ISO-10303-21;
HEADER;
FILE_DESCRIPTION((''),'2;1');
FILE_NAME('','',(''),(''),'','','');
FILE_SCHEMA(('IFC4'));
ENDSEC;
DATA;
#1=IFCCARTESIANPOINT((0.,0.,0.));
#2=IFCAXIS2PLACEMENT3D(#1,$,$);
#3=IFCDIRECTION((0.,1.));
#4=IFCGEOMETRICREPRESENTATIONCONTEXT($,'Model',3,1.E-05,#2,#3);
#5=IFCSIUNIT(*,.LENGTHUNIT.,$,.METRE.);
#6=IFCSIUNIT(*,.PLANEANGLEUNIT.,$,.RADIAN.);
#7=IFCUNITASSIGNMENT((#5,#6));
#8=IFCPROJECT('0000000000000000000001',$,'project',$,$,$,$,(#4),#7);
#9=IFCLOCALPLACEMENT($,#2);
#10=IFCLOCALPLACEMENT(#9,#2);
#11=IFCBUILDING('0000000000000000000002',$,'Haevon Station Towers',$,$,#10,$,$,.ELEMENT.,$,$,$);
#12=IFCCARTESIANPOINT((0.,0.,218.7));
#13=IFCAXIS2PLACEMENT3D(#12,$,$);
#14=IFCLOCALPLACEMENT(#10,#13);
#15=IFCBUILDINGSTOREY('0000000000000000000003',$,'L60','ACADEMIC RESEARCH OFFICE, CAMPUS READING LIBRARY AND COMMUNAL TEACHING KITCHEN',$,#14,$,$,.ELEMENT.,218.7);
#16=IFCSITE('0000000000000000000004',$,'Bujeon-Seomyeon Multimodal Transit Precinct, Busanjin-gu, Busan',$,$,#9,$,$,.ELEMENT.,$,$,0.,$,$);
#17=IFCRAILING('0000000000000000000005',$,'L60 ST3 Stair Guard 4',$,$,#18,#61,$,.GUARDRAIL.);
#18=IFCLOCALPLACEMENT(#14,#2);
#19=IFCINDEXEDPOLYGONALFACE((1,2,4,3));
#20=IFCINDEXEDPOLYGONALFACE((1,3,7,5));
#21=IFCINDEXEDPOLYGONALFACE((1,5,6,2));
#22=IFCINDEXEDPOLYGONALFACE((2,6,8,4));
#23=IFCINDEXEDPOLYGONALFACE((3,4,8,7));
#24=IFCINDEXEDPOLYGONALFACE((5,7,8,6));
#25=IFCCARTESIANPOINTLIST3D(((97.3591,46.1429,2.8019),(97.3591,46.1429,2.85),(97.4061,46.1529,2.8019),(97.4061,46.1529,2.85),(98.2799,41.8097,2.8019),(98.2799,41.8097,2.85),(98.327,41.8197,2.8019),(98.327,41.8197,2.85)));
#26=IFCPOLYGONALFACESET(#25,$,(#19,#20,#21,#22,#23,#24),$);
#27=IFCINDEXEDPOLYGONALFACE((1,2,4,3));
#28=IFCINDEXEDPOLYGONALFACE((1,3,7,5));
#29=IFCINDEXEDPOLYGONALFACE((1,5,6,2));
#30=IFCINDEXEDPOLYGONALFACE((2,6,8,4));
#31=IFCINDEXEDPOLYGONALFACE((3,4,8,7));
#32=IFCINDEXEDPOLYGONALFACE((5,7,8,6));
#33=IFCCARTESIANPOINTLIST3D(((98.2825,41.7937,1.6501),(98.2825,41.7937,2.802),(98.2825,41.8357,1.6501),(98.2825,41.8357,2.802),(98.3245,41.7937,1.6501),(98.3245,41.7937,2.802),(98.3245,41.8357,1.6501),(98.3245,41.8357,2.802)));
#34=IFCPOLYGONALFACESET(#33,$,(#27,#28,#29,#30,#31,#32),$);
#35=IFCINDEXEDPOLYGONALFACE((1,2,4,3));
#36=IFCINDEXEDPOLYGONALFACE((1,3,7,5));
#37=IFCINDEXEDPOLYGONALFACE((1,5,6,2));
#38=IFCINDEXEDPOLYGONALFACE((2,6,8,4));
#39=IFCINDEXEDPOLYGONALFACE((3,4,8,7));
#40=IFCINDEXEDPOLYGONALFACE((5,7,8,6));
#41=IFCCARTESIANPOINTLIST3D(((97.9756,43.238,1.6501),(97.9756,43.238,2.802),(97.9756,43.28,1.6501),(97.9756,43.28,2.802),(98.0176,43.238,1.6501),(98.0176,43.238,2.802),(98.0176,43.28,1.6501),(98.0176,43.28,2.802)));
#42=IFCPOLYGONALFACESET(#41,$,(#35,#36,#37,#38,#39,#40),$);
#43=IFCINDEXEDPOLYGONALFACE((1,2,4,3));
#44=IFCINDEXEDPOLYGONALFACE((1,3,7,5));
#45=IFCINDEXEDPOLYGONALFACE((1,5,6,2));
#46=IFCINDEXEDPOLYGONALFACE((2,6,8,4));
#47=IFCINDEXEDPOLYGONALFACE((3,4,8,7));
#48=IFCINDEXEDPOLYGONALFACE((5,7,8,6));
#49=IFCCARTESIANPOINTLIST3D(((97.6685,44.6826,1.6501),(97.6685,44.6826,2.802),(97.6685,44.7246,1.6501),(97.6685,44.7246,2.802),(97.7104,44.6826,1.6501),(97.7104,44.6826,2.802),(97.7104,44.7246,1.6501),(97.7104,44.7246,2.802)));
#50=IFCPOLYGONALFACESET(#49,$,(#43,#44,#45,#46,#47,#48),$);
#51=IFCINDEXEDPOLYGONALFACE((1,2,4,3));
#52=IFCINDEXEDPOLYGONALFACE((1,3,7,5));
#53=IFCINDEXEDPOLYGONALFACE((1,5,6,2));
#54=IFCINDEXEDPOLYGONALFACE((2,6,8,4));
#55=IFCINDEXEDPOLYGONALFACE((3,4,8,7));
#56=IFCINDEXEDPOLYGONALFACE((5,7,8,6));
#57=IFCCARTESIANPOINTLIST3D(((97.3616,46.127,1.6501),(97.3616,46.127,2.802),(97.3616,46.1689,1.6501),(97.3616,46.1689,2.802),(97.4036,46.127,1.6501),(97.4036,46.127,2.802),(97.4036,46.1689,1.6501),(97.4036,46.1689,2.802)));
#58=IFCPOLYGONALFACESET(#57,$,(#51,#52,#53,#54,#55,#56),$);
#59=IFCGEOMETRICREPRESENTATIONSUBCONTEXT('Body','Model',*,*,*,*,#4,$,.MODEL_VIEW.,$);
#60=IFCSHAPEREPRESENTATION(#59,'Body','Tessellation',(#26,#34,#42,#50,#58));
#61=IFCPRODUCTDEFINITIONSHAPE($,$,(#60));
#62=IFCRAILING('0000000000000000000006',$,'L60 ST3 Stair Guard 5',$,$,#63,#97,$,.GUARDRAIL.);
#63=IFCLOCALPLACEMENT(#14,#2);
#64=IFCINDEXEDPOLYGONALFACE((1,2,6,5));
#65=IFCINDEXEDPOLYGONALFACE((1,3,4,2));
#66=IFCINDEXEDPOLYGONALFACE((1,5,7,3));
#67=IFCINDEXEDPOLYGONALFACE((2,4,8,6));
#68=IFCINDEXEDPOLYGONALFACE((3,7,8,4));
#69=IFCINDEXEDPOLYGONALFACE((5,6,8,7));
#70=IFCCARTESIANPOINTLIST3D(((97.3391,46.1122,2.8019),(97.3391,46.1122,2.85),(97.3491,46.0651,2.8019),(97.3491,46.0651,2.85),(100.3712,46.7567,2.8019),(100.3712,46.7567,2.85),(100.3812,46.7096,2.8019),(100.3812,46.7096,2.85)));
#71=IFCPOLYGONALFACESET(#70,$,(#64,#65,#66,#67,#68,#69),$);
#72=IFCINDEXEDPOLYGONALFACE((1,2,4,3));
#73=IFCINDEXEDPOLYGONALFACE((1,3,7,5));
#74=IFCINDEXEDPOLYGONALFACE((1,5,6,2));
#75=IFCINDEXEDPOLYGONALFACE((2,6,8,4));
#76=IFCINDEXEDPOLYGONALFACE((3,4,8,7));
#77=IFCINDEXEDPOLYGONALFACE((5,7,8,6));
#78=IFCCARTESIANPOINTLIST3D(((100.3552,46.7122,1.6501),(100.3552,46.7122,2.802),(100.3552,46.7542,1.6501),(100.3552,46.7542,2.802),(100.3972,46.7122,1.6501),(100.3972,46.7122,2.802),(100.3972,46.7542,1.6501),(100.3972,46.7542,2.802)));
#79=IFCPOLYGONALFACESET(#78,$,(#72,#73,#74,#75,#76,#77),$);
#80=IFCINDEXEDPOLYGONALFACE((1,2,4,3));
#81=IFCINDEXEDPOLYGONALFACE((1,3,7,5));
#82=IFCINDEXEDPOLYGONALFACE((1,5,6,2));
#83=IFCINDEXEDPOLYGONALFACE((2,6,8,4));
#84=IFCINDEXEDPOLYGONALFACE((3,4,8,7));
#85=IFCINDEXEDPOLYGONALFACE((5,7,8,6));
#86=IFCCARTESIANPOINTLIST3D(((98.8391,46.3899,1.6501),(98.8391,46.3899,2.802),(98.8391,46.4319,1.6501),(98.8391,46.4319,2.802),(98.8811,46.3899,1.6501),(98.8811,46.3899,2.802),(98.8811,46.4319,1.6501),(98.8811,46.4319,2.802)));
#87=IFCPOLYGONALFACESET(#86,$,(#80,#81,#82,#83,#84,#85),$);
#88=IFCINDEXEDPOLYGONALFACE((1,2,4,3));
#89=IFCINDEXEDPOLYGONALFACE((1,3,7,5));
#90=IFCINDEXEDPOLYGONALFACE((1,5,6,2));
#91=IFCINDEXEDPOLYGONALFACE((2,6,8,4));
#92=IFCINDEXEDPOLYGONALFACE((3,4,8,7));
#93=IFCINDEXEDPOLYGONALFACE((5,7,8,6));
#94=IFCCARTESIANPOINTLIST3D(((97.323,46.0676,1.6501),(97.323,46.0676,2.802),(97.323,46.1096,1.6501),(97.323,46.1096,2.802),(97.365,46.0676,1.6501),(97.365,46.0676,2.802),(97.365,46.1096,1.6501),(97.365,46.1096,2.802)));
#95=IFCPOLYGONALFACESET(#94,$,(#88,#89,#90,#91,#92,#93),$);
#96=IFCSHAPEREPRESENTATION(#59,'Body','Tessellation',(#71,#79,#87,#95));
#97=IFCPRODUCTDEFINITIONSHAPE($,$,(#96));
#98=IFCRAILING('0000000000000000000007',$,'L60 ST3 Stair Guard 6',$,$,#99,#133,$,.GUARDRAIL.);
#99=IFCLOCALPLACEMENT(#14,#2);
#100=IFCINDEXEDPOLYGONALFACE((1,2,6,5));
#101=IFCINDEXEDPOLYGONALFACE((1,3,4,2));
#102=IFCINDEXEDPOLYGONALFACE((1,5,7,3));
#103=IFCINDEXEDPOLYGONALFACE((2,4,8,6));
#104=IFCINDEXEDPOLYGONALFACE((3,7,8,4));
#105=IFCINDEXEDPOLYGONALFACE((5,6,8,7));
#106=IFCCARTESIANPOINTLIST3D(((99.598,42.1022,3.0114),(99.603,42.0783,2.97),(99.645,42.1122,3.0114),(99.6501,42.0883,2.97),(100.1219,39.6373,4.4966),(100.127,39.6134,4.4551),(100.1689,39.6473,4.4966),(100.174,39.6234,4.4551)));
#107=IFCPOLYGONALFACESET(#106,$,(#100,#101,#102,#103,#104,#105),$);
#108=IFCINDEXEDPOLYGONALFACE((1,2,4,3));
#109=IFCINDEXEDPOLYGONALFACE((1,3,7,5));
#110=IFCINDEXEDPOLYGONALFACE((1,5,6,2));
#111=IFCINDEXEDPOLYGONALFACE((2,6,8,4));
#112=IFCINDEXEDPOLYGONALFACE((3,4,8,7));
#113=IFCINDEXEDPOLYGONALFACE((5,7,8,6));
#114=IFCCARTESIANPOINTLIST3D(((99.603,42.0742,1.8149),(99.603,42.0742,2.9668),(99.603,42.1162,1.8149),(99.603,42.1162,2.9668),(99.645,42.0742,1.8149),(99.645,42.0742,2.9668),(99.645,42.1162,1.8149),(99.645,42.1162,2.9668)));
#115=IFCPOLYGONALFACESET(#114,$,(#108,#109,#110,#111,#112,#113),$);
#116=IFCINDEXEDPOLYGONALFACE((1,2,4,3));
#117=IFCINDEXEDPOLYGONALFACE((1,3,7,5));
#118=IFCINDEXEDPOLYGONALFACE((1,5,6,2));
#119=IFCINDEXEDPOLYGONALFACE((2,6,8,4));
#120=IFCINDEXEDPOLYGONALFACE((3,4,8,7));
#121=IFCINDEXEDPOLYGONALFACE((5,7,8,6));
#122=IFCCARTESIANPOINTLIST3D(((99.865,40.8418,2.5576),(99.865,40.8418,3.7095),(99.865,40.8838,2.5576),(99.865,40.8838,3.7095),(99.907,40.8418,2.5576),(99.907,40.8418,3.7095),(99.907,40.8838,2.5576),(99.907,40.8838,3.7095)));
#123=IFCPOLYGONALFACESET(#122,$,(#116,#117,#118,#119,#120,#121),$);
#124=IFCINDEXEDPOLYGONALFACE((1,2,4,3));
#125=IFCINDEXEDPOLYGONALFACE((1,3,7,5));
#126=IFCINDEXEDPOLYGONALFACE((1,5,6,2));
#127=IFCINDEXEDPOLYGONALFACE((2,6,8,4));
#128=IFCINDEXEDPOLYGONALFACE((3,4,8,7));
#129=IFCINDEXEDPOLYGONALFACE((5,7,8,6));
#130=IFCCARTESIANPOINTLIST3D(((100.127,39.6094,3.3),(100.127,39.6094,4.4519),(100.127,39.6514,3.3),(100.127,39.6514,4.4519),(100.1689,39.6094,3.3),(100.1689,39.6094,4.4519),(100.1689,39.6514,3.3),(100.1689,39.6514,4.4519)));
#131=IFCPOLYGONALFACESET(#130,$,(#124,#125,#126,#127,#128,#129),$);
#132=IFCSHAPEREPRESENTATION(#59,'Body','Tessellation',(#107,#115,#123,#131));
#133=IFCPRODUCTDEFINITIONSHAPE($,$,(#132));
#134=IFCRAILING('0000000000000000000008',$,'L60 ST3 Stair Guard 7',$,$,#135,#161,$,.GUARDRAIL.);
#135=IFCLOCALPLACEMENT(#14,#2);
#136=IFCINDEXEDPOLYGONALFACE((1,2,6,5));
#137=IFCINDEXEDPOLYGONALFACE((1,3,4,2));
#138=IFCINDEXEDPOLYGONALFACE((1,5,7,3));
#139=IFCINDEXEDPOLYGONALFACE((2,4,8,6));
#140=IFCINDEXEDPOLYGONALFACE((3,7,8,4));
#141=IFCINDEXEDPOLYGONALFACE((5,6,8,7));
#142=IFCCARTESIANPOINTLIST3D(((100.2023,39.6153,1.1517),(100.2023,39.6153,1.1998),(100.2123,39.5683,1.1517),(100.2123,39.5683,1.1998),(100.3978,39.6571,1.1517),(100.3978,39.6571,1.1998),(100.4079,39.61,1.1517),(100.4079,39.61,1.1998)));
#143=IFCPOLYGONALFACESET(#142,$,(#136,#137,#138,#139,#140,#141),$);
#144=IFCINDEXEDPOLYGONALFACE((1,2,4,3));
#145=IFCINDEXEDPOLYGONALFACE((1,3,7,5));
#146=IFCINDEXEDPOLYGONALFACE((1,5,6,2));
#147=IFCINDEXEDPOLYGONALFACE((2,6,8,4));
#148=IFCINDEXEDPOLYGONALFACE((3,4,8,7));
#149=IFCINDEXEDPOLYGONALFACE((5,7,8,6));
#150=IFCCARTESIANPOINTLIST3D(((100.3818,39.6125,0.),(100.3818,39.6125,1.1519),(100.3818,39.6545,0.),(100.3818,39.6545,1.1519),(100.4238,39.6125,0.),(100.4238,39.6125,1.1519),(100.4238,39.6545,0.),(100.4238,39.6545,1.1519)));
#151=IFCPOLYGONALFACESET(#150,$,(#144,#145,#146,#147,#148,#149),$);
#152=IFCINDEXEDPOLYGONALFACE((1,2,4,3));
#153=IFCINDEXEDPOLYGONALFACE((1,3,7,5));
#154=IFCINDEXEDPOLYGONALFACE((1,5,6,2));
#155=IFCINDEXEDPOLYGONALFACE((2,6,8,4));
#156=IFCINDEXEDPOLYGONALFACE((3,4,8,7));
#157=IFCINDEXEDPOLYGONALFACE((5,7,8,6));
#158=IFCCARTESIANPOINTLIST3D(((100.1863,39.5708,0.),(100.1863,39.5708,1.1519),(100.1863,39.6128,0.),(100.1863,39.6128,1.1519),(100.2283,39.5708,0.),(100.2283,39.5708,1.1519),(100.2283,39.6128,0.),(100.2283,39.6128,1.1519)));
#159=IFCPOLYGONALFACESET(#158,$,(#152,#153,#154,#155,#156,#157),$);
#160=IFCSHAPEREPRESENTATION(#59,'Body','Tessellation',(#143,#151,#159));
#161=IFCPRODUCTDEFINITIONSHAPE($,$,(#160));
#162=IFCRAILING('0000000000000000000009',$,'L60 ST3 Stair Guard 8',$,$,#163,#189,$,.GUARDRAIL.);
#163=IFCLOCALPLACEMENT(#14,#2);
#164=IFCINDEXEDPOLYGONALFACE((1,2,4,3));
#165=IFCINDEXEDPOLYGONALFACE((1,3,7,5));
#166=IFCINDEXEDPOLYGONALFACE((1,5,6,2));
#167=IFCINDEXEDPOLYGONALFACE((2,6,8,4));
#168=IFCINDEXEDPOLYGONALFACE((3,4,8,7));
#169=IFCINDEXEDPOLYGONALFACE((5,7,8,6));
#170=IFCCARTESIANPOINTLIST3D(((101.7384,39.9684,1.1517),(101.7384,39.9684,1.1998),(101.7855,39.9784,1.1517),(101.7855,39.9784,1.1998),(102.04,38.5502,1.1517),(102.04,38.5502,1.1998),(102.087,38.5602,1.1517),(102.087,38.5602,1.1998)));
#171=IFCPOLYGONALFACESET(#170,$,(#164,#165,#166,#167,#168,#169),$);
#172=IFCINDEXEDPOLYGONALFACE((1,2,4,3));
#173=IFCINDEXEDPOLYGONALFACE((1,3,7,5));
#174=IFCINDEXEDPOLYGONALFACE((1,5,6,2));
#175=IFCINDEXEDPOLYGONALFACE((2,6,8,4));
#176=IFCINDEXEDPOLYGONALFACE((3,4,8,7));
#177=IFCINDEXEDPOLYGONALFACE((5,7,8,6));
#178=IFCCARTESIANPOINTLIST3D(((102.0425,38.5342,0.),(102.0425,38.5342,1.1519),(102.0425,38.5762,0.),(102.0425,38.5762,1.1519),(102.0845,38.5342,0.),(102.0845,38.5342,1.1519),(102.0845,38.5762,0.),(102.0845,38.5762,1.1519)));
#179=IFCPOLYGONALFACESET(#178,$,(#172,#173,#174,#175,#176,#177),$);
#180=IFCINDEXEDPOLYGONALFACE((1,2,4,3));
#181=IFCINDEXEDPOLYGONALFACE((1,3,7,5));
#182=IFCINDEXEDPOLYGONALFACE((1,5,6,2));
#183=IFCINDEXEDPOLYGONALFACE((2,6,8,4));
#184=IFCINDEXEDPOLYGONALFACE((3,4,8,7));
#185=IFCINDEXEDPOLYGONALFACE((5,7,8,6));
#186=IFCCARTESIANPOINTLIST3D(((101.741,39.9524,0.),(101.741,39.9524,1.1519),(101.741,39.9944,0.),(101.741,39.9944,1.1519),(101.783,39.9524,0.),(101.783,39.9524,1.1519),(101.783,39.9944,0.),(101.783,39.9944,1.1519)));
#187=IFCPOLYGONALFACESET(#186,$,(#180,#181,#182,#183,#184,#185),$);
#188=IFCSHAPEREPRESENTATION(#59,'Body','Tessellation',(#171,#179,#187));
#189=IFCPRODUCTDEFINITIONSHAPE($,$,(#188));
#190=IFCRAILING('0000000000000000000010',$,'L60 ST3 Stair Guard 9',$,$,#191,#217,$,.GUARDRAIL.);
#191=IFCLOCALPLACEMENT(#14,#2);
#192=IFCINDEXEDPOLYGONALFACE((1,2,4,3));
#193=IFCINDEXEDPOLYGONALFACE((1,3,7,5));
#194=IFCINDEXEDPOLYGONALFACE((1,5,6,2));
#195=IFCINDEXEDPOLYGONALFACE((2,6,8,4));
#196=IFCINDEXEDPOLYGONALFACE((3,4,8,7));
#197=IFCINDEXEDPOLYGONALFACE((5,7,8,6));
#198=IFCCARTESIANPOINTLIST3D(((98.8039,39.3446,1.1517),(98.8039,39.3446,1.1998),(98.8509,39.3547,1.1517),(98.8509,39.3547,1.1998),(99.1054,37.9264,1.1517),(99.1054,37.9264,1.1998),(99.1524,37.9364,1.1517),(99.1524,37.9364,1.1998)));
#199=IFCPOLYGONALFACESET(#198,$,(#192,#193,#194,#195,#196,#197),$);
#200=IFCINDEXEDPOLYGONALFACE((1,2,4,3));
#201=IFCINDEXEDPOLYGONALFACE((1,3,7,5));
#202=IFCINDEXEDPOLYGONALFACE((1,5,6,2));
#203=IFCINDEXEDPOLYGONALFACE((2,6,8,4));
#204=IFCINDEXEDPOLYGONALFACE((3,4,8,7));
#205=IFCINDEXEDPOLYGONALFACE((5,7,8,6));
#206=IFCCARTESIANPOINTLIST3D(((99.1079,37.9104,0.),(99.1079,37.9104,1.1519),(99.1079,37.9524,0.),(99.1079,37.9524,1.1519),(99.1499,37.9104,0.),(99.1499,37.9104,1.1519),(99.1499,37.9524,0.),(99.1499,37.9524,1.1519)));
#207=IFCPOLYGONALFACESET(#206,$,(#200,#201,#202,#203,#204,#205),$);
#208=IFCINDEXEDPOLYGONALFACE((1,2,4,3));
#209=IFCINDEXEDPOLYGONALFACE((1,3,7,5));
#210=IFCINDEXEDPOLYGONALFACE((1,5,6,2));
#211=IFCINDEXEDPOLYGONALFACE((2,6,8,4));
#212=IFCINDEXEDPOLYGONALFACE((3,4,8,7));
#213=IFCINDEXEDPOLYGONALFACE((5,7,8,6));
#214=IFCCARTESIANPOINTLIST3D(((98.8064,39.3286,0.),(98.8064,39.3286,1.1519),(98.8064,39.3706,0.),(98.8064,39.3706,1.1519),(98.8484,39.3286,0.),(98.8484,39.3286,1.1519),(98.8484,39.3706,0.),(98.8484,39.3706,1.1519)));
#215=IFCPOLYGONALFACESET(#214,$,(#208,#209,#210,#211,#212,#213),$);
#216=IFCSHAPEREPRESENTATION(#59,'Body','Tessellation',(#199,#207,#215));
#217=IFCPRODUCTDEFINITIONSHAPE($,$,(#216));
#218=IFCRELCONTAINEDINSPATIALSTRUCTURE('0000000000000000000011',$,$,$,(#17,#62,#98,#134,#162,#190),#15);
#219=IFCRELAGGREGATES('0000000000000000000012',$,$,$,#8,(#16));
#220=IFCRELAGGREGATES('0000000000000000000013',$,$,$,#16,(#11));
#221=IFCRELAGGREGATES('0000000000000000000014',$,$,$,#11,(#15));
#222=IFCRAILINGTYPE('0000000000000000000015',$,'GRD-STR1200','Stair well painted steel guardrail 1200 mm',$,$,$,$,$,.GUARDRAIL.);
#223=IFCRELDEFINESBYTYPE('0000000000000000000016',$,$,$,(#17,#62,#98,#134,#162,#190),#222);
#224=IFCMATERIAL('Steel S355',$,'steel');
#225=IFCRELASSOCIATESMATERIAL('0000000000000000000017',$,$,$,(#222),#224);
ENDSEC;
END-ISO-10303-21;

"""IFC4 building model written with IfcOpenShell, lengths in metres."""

from ifc_helpers import new_model, si_unit, direction, frame, origin, origin_2d, place, context, subcontext, project, spatial, rectangle, extrude, material, type_object, element, save


model = new_model("IFC4")

# Units and contexts
model_context = context("Model", 3, precision=1e-05, world=origin(), true_north=direction((0.0, 1.0)))
body_context = subcontext(model_context, "Body", "Model", "MODEL_VIEW")
ifc_project = project(units=[si_unit("LENGTHUNIT", "METRE"), si_unit("PLANEANGLEUNIT", "RADIAN")], contexts=[model_context])

# Site, building, storey
site_placement = place(None, origin())
site = spatial("IfcSite", under=ifc_project, at=site_placement, Name="Bujeon-Seomyeon Multimodal Transit Precinct, Busanjin-gu, Busan", CompositionType="ELEMENT", RefElevation=0.0)
building_placement = place(site_placement, origin())
building = spatial("IfcBuilding", under=site, at=building_placement, Name="Haevon Station Towers", CompositionType="ELEMENT")
storey_placement = place(building_placement, frame((0.0, 0.0, 218.7)))
storey = spatial("IfcBuildingStorey", under=building, at=storey_placement, Name="L60", Description="ACADEMIC RESEARCH OFFICE, CAMPUS READING LIBRARY AND COMMUNAL TEACHING KITCHEN", CompositionType="ELEMENT", Elevation=218.7)

# Shared definitions
ifc_material_1 = material(Name="Steel S355", Category="steel")

# Railings
railing_type_1 = type_object("IfcRailingType", Name="GRD-STR1200", Description="Stair well painted steel guardrail 1200 mm", PredefinedType="GUARDRAIL", material=ifc_material_1)
railing_1_placement = place(storey_placement, frame((98.3035, 41.8147, 1.6501)))
element("IfcRailing", 1, at=railing_1_placement, inside=storey, type_object=railing_type_1, Name="L60 ST3 Stair Guard 4", PredefinedType="GUARDRAIL", context=body_context, shape_type="SweptSolid", body=[
    extrude(rectangle(XDim=0.0481, YDim=0.0481, at=origin_2d()), frame((0.0, 0.0, 1.1758), z_axis=(-0.207877, 0.978155, 0.0), x_axis=(-0.978155, -0.207877, 0.0)), (0.0, 0.0, 1.0), 4.4299),
    extrude(rectangle(XDim=0.042, YDim=0.042, at=origin_2d()), origin(), (0.0, 0.0, 1.0), 1.1519),
    extrude(rectangle(XDim=0.042, YDim=0.042, at=origin_2d()), frame((-0.3069, 1.4443, 0.0)), (0.0, 0.0, 1.0), 1.1519),
    extrude(rectangle(XDim=0.042, YDim=0.042, at=origin_2d()), frame((-0.614, 2.8889, 0.0)), (0.0, 0.0, 1.0), 1.1519),
    extrude(rectangle(XDim=0.042, YDim=0.042, at=origin_2d()), frame((-0.9209, 4.3333, 0.0)), (0.0, 0.0, 1.0), 1.1519),
])
railing_2_placement = place(storey_placement, frame((100.3762, 46.7332, 1.6501)))
element("IfcRailing", 2, at=railing_2_placement, inside=storey, type_object=railing_type_1, Name="L60 ST3 Stair Guard 5", PredefinedType="GUARDRAIL", context=body_context, shape_type="SweptSolid", body=[
    extrude(rectangle(XDim=0.0481, YDim=0.0481, at=origin_2d()), frame((0.0, 0.0, 1.1758), z_axis=(-0.978147, -0.207915, 0.0), x_axis=(0.207915, -0.978147, 0.0)), (0.0, 0.0, 1.0), 3.0999),
    extrude(rectangle(XDim=0.042, YDim=0.042, at=origin_2d()), origin(), (0.0, 0.0, 1.0), 1.1519),
    extrude(rectangle(XDim=0.042, YDim=0.042, at=origin_2d()), frame((-1.5161, -0.3223, 0.0)), (0.0, 0.0, 1.0), 1.1519),
    extrude(rectangle(XDim=0.042, YDim=0.042, at=origin_2d()), frame((-3.0322, -0.6445, 0.0)), (0.0, 0.0, 1.0), 1.1519),
])
railing_3_placement = place(storey_placement, frame((99.624, 42.0952, 1.8149)))
element("IfcRailing", 3, at=railing_3_placement, inside=storey, type_object=railing_type_1, Name="L60 ST3 Stair Guard 6", PredefinedType="GUARDRAIL", context=body_context, shape_type="SweptSolid", body=[
    extrude(rectangle(XDim=0.0481, YDim=0.0481, at=origin_2d()), frame((0.0, 0.0, 1.1758), z_axis=(0.179121, -0.842688, 0.507733), x_axis=(0.978147, 0.207914, 0.0)), (0.0, 0.0, 1.0), 2.925),
    extrude(rectangle(XDim=0.042, YDim=0.042, at=origin_2d()), origin(), (0.0, 0.0, 1.0), 1.1519),
    extrude(rectangle(XDim=0.042, YDim=0.042, at=origin_2d()), frame((0.262, -1.2324, 0.7427)), (0.0, 0.0, 1.0), 1.1519),
    extrude(rectangle(XDim=0.042, YDim=0.042, at=origin_2d()), frame((0.5239, -2.4648, 1.4851)), (0.0, 0.0, 1.0), 1.1519),
])
railing_4_placement = place(storey_placement, frame((100.4028, 39.6335, 0.0)))
element("IfcRailing", 4, at=railing_4_placement, inside=storey, type_object=railing_type_1, Name="L60 ST3 Stair Guard 7", PredefinedType="GUARDRAIL", context=body_context, shape_type="SweptSolid", body=[
    extrude(rectangle(XDim=0.0481, YDim=0.0481, at=origin_2d()), frame((0.0, 0.0, 1.1758), z_axis=(-0.977963, -0.208779, 0.0), x_axis=(0.208779, -0.977963, 0.0)), (0.0, 0.0, 1.0), 0.2),
    extrude(rectangle(XDim=0.042, YDim=0.042, at=origin_2d()), origin(), (0.0, 0.0, 1.0), 1.1519),
    extrude(rectangle(XDim=0.042, YDim=0.042, at=origin_2d()), frame((-0.1956, -0.0417, 0.0)), (0.0, 0.0, 1.0), 1.1519),
])
for number, where, name in (
    (5, (102.0635, 38.5552, 0.0), "L60 ST3 Stair Guard 8"),
    (6, (99.1289, 37.9314, 0.0), "L60 ST3 Stair Guard 9"),
):
    element("IfcRailing", number, at=place(storey_placement, frame(where)), inside=storey, type_object=railing_type_1, Name=name, PredefinedType="GUARDRAIL", context=body_context, shape_type="SweptSolid", body=[
        extrude(rectangle(XDim=0.0481, YDim=0.0481, at=origin_2d()), frame((0.0, 0.0, 1.1758), z_axis=(-0.207953, 0.978139, 0.0), x_axis=(-0.978139, -0.207953, 0.0)), (0.0, 0.0, 1.0), 1.45),
        extrude(rectangle(XDim=0.042, YDim=0.042, at=origin_2d()), origin(), (0.0, 0.0, 1.0), 1.1519),
        extrude(rectangle(XDim=0.042, YDim=0.042, at=origin_2d()), frame((-0.3015, 1.4182, 0.0)), (0.0, 0.0, 1.0), 1.1519),
    ])

save(model, "model.ifc")
